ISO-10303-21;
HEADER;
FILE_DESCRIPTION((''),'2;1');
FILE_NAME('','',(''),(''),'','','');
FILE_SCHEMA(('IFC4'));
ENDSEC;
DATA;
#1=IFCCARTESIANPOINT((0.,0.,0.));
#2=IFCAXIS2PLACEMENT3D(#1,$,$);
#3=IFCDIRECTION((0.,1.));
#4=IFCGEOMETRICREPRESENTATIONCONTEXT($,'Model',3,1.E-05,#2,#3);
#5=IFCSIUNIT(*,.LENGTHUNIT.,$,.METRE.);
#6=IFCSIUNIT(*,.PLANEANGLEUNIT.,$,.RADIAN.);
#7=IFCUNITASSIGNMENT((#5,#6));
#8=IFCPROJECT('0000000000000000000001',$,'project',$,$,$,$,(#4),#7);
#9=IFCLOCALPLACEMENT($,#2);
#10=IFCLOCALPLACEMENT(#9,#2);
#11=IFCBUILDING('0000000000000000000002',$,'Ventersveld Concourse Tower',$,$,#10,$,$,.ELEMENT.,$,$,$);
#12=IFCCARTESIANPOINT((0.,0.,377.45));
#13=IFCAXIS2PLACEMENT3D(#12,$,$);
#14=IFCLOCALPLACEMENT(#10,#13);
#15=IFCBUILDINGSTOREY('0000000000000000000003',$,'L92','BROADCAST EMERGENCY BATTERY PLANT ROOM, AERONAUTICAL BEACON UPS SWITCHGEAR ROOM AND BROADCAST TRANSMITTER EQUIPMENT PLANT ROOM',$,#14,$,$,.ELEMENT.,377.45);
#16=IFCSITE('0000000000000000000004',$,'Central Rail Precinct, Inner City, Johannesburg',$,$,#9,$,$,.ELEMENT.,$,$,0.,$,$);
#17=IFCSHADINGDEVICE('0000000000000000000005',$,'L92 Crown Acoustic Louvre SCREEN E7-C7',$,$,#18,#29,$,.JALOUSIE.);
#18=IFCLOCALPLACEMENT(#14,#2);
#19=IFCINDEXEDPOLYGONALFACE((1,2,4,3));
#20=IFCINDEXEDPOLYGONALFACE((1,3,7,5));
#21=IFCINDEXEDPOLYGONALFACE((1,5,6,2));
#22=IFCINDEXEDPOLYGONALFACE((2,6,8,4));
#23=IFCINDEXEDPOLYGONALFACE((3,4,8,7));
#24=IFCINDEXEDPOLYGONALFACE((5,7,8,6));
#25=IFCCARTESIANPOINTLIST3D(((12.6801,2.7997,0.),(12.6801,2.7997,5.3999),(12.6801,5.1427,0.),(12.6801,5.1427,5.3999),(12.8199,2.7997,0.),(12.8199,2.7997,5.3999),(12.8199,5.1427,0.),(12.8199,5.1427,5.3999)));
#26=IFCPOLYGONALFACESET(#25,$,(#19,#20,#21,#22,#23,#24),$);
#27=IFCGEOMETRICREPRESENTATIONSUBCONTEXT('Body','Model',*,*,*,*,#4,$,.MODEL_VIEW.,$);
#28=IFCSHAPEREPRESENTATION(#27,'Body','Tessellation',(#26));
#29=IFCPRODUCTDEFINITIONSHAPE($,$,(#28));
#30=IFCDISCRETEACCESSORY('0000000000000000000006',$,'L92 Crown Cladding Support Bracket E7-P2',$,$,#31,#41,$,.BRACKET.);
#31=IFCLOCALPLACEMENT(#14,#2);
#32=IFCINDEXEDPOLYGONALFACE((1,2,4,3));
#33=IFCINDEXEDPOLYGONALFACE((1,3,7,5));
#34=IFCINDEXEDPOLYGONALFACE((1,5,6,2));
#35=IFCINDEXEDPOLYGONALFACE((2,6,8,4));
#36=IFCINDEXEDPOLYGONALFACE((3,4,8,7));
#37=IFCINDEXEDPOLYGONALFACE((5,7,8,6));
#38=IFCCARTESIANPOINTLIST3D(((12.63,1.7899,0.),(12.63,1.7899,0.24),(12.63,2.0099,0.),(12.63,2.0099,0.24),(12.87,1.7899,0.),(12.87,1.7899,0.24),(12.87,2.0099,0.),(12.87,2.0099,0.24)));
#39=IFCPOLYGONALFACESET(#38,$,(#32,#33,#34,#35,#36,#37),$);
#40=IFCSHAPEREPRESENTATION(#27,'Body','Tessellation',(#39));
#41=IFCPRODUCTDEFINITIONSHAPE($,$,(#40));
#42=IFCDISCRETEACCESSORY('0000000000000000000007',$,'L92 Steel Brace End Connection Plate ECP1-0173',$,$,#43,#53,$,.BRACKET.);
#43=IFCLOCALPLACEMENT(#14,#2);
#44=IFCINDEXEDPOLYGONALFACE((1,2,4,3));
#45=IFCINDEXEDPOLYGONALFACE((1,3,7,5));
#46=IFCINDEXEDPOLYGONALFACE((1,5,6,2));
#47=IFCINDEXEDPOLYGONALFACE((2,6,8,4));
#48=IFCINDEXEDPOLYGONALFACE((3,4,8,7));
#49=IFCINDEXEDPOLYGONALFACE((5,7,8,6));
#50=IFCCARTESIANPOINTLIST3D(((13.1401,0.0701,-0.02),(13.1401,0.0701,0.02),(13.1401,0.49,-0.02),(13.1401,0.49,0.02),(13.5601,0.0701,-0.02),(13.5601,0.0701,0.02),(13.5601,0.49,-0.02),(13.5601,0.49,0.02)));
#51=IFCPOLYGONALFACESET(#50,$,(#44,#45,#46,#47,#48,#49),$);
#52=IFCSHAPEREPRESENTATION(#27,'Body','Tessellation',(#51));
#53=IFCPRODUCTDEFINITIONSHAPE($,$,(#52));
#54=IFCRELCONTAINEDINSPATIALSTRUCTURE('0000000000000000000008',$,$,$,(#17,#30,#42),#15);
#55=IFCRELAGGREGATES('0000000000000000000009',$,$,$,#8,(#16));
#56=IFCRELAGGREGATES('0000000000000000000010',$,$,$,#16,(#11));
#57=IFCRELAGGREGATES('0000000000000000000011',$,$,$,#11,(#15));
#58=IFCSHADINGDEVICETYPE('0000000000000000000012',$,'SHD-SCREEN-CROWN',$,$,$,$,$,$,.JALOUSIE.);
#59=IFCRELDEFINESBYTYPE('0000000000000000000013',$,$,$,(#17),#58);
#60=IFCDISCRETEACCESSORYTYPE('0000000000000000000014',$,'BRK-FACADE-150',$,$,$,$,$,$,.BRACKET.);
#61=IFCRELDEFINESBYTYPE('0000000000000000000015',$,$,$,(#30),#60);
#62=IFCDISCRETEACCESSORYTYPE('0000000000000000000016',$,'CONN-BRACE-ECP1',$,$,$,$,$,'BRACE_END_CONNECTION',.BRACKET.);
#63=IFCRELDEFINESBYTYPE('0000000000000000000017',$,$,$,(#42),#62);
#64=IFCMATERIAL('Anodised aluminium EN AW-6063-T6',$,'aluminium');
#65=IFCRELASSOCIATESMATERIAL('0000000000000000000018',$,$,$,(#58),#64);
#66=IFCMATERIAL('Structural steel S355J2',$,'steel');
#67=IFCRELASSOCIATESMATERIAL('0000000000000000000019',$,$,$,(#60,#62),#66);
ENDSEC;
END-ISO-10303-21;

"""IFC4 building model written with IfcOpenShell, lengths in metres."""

from ifc_helpers import new_model, si_unit, direction, frame, origin, origin_2d, place, context, subcontext, project, spatial, rectangle, extrude, material, type_object, element, save


model = new_model("IFC4")

# Units and contexts
model_context = context("Model", 3, precision=1e-05, world=origin(), true_north=direction((0.0, 1.0)))
body_context = subcontext(model_context, "Body", "Model", "MODEL_VIEW")
ifc_project = project(units=[si_unit("LENGTHUNIT", "METRE"), si_unit("PLANEANGLEUNIT", "RADIAN")], contexts=[model_context])

# Site, building, storey
site_placement = place(None, origin())
site = spatial("IfcSite", under=ifc_project, at=site_placement, Name="Central Rail Precinct, Inner City, Johannesburg", CompositionType="ELEMENT", RefElevation=0.0)
building_placement = place(site_placement, origin())
building = spatial("IfcBuilding", under=site, at=building_placement, Name="Ventersveld Concourse Tower", CompositionType="ELEMENT")
storey_placement = place(building_placement, frame((0.0, 0.0, 377.45)))
storey = spatial("IfcBuildingStorey", under=building, at=storey_placement, Name="L92", Description="BROADCAST EMERGENCY BATTERY PLANT ROOM, AERONAUTICAL BEACON UPS SWITCHGEAR ROOM AND BROADCAST TRANSMITTER EQUIPMENT PLANT ROOM", CompositionType="ELEMENT", Elevation=377.45)

# Shading device
ifc_material_1 = material(Name="Anodised aluminium EN AW-6063-T6", Category="aluminium")
shading_device_type = type_object("IfcShadingDeviceType", Name="SHD-SCREEN-CROWN", PredefinedType="JALOUSIE", material=ifc_material_1)
for number, where, z_axis, x_axis, name in (
    (1, (12.75, 3.9712, 0.0), (0.0, 0.0, 1.0), (0.0, -1.0, 0.0), "L92 Crown Acoustic Louvre SCREEN E7-C7"),
):
    element("IfcShadingDevice", number, at=place(storey_placement, frame(where, z_axis=z_axis, x_axis=x_axis)), inside=storey, type_object=shading_device_type, Name=name, PredefinedType="JALOUSIE", context=body_context, shape_type="SweptSolid", body=[
        extrude(rectangle(XDim=2.343, YDim=0.1399, at=origin_2d()), origin(), (0.0, 0.0, 1.0), 5.3999),
    ])

# Discrete accessories
ifc_material_2 = material(Name="Structural steel S355J2", Category="steel")
discrete_accessory_type_1 = type_object("IfcDiscreteAccessoryType", Name="BRK-FACADE-150", PredefinedType="BRACKET", material=ifc_material_2)
discrete_accessory_1_placement = place(storey_placement, frame((12.75, 1.8999, 0.0), z_axis=(0.0, 0.0, 1.0), x_axis=(0.0, -1.0, 0.0)))
element("IfcDiscreteAccessory", 2, at=discrete_accessory_1_placement, inside=storey, type_object=discrete_accessory_type_1, Name="L92 Crown Cladding Support Bracket E7-P2", PredefinedType="BRACKET", context=body_context, shape_type="SweptSolid", body=[
    extrude(rectangle(XDim=0.22, YDim=0.24, at=origin_2d()), origin(), (0.0, 0.0, 1.0), 0.24),
])
discrete_accessory_type_2 = type_object("IfcDiscreteAccessoryType", Name="CONN-BRACE-ECP1", ElementType="BRACE_END_CONNECTION", PredefinedType="BRACKET", material=ifc_material_2)
discrete_accessory_2_placement = place(storey_placement, frame((13.3501, 0.28, -0.02), z_axis=(0.0, 0.0, 1.0), x_axis=(1.0, 0.0, 0.0)))
element("IfcDiscreteAccessory", 3, at=discrete_accessory_2_placement, inside=storey, type_object=discrete_accessory_type_2, Name="L92 Steel Brace End Connection Plate ECP1-0173", PredefinedType="BRACKET", context=body_context, shape_type="SweptSolid", body=[
    extrude(rectangle(XDim=0.4199, YDim=0.4199, at=origin_2d()), origin(), (0.0, 0.0, 1.0), 0.04),
])

save(model, "model.ifc")
